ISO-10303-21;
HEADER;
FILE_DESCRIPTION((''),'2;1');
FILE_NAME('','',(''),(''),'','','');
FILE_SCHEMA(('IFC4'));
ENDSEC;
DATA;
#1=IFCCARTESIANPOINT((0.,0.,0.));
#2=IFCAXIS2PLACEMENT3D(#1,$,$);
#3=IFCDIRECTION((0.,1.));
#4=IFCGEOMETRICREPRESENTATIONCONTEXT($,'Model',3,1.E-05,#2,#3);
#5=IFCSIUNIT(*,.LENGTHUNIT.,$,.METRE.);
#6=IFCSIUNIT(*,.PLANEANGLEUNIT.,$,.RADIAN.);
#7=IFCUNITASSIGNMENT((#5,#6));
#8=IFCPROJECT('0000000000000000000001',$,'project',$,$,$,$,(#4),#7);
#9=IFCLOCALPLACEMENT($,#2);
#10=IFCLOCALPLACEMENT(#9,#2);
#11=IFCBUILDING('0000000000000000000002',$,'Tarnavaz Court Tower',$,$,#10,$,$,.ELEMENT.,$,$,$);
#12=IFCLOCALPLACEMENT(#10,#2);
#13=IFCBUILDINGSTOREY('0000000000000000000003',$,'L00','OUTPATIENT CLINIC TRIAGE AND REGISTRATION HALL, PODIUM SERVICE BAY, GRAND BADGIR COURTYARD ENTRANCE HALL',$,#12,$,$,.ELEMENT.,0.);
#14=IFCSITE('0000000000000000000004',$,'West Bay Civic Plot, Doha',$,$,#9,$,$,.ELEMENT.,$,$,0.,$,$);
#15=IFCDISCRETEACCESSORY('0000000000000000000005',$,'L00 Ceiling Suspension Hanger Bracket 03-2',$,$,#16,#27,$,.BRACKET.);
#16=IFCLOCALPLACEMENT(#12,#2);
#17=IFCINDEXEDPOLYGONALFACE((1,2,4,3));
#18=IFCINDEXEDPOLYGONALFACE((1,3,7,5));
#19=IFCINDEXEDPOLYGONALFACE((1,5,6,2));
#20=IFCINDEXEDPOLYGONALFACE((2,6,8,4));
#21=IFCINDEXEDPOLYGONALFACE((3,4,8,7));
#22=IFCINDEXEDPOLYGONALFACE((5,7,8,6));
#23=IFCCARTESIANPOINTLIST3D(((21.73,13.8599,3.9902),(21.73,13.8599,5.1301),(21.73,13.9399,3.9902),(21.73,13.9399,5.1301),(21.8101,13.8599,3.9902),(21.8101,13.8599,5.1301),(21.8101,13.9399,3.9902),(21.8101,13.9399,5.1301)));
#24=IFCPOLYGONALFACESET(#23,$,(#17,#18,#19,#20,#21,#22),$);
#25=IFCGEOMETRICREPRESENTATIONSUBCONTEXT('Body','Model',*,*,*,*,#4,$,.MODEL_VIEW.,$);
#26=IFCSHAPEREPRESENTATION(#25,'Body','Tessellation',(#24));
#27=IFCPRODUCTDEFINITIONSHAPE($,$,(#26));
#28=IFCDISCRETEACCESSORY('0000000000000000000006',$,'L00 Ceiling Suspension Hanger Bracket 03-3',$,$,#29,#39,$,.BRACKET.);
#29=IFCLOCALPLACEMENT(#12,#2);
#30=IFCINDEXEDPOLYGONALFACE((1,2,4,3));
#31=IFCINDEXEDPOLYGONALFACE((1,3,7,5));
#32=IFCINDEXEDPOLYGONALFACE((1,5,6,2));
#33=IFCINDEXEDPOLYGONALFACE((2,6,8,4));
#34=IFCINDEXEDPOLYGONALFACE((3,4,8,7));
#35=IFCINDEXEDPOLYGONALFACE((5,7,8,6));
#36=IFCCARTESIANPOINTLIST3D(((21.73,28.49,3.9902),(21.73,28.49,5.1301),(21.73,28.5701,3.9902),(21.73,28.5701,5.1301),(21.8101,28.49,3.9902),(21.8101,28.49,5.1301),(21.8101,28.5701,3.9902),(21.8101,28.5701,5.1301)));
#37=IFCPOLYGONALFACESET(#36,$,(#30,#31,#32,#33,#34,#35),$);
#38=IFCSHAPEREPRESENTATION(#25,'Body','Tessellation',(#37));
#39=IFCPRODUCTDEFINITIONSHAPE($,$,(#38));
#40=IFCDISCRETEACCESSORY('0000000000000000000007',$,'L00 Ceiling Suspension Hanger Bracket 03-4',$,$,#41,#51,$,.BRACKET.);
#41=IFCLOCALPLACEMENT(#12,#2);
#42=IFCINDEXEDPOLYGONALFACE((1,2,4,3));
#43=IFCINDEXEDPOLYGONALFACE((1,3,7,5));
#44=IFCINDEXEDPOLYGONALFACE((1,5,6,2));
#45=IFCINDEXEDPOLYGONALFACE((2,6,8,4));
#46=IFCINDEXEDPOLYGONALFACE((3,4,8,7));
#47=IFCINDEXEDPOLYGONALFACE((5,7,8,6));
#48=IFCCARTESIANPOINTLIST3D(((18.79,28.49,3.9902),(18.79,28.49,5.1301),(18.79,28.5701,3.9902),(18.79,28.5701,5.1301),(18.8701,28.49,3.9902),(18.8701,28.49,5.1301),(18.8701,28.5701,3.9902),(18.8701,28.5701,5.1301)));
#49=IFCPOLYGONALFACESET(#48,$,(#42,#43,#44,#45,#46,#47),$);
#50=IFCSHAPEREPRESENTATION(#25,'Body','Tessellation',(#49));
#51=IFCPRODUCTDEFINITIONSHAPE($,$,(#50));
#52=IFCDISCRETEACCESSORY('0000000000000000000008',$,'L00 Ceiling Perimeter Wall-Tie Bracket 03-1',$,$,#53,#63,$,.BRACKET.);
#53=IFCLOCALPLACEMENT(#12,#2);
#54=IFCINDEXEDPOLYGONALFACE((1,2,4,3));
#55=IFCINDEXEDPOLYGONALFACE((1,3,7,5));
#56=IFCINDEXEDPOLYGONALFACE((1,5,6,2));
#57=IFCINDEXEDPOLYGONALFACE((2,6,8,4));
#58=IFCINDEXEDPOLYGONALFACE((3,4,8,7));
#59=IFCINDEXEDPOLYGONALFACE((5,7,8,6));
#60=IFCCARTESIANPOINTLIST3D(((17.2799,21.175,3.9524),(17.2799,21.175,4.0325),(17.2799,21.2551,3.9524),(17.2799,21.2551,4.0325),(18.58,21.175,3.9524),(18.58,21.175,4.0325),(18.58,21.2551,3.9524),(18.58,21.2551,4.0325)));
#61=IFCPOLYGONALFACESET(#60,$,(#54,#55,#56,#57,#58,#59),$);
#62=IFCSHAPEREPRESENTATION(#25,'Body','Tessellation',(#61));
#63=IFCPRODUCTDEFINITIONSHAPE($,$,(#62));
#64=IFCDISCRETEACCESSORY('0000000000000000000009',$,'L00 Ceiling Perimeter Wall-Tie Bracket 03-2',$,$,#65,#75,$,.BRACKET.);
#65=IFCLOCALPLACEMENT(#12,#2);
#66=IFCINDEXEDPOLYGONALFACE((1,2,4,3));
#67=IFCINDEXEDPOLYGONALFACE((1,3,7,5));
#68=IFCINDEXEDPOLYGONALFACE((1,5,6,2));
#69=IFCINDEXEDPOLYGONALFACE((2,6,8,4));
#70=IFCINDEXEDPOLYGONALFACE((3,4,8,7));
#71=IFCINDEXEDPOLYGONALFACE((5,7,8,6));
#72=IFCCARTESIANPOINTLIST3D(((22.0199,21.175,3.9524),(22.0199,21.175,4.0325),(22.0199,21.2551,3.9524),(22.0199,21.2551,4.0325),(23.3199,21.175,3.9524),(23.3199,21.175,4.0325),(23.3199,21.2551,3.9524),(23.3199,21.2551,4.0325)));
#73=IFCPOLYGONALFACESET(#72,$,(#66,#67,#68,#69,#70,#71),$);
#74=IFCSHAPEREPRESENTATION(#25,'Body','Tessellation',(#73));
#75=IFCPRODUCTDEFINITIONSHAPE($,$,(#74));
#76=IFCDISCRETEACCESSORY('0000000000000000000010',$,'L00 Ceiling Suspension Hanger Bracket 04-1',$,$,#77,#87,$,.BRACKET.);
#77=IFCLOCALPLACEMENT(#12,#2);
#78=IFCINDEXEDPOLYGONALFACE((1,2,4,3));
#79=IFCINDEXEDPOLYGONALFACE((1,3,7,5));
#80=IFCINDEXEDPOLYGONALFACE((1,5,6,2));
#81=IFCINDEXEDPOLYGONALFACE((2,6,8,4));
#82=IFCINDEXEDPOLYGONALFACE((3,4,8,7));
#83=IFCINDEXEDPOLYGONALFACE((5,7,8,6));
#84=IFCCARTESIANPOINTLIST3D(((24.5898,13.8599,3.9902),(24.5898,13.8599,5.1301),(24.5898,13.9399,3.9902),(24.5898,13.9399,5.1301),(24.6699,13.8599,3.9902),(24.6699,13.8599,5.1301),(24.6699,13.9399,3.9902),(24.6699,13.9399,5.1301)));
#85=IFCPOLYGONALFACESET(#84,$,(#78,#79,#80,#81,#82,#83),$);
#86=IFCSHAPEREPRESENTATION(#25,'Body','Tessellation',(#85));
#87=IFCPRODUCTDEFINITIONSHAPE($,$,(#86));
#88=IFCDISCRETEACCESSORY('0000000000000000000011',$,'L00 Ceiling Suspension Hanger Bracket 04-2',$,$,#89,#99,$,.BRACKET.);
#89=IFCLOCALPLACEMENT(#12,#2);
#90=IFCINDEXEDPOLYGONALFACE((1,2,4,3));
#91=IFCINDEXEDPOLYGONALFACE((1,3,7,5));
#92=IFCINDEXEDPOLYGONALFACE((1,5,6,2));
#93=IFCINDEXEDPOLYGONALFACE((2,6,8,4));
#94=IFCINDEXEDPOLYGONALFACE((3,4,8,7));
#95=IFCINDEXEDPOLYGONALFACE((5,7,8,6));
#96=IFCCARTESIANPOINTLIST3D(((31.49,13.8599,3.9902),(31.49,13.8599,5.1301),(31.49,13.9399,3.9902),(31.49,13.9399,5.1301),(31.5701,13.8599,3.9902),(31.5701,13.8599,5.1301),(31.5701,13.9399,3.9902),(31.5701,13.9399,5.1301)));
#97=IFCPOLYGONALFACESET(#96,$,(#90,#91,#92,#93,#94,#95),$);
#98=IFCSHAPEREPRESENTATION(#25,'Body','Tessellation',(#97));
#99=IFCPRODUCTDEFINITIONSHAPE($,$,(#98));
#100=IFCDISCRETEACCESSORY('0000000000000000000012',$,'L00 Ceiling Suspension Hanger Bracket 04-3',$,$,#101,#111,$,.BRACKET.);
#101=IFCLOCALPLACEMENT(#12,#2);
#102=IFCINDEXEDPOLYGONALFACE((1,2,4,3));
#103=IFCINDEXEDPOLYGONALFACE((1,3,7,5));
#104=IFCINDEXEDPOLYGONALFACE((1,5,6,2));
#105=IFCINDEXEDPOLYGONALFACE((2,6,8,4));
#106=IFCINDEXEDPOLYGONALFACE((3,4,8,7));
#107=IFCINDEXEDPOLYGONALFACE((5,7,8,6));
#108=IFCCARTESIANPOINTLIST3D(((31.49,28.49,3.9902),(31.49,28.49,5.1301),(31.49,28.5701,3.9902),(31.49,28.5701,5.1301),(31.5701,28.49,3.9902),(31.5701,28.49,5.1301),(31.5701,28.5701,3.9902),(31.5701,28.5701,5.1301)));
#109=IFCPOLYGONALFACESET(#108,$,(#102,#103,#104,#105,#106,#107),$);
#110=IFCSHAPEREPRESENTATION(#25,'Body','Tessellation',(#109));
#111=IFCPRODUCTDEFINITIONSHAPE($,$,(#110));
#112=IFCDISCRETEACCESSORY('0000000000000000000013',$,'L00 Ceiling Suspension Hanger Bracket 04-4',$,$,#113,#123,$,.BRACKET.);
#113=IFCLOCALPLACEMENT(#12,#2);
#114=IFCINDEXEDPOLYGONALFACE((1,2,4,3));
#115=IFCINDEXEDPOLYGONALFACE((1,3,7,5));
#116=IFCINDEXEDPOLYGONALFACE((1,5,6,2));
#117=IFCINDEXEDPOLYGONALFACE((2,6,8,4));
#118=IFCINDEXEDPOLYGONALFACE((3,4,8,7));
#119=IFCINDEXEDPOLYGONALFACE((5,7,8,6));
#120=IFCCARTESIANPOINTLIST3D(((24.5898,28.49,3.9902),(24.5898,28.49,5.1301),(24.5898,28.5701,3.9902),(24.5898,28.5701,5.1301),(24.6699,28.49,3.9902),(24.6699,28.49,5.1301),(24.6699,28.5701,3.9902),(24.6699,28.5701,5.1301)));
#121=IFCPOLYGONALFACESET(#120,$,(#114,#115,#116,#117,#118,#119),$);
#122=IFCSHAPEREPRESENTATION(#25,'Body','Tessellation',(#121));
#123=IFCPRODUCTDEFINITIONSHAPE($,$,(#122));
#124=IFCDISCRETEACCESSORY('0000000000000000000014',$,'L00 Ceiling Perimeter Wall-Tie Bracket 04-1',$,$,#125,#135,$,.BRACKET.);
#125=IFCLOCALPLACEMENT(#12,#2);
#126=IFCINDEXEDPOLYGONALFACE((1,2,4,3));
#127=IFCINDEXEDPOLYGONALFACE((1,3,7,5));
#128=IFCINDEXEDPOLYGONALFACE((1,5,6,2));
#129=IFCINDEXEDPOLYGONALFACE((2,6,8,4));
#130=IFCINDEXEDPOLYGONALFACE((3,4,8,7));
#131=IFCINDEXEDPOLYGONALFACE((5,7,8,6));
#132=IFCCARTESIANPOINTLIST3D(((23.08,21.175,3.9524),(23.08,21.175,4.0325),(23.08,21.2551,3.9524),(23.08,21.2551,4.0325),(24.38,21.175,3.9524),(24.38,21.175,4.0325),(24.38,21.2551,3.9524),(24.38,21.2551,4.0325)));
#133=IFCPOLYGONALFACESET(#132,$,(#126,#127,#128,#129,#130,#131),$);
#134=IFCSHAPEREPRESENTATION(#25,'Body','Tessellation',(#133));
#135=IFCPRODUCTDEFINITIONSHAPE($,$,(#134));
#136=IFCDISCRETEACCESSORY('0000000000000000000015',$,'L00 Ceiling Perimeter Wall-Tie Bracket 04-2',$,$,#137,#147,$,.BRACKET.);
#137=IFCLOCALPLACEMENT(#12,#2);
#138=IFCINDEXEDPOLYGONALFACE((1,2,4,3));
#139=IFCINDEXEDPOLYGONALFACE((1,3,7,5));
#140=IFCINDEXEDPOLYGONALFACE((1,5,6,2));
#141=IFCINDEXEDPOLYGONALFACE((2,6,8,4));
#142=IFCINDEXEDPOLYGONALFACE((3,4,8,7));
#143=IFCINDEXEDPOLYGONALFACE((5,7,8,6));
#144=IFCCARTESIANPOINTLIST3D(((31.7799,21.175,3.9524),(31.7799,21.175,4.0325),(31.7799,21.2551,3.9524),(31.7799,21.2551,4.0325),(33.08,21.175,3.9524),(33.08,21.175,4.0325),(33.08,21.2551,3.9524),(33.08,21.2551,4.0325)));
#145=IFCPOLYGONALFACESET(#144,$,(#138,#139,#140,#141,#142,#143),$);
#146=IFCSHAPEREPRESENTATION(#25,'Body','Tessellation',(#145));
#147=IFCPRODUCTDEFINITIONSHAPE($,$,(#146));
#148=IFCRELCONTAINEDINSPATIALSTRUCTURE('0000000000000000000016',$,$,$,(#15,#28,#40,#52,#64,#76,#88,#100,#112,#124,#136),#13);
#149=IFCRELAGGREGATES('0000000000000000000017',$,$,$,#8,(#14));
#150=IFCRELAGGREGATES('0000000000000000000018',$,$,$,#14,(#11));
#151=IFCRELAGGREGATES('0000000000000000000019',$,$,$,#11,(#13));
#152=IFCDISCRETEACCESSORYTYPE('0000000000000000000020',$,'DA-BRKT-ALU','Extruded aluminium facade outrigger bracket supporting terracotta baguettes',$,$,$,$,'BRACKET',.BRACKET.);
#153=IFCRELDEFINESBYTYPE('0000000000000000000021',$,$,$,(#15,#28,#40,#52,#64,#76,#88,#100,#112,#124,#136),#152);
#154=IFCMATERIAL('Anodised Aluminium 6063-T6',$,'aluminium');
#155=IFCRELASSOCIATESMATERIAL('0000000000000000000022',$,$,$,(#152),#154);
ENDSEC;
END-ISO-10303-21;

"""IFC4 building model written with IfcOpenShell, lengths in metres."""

from ifc_helpers import new_model, si_unit, direction, frame, origin, origin_2d, place, context, subcontext, project, spatial, rectangle, extrude, material, type_object, element, save


model = new_model("IFC4")

# Units and contexts
model_context = context("Model", 3, precision=1e-05, world=origin(), true_north=direction((0.0, 1.0)))
body_context = subcontext(model_context, "Body", "Model", "MODEL_VIEW")
ifc_project = project(units=[si_unit("LENGTHUNIT", "METRE"), si_unit("PLANEANGLEUNIT", "RADIAN")], contexts=[model_context])

# Site, building, storey
site_placement = place(None, origin())
site = spatial("IfcSite", under=ifc_project, at=site_placement, Name="West Bay Civic Plot, Doha", CompositionType="ELEMENT", RefElevation=0.0)
building_placement = place(site_placement, origin())
building = spatial("IfcBuilding", under=site, at=building_placement, Name="Tarnavaz Court Tower", CompositionType="ELEMENT")
storey_placement = place(building_placement, origin())
storey = spatial("IfcBuildingStorey", under=building, at=storey_placement, Name="L00", Description="OUTPATIENT CLINIC TRIAGE AND REGISTRATION HALL, PODIUM SERVICE BAY, GRAND BADGIR COURTYARD ENTRANCE HALL", CompositionType="ELEMENT", Elevation=0.0)

# Discrete accessories
ifc_material_1 = material(Name="Anodised Aluminium 6063-T6", Category="aluminium")
discrete_accessory_type = type_object("IfcDiscreteAccessoryType", Name="DA-BRKT-ALU", Description="Extruded aluminium facade outrigger bracket supporting terracotta baguettes", ElementType="BRACKET", PredefinedType="BRACKET", material=ifc_material_1)
for number, where, z_axis, x_axis, name in (
    (1, (21.77, 13.8999, 3.9902), (0.0, 0.0, 1.0), (1.0, 0.0, 0.0), "L00 Ceiling Suspension Hanger Bracket 03-2"),
    (2, (21.77, 28.53, 3.9902), (0.0, 0.0, 1.0), (1.0, 0.0, 0.0), "L00 Ceiling Suspension Hanger Bracket 03-3"),
    (3, (18.8301, 28.53, 3.9902), (0.0, 0.0, 1.0), (1.0, 0.0, 0.0), "L00 Ceiling Suspension Hanger Bracket 03-4"),
):
    element("IfcDiscreteAccessory", number, at=place(storey_placement, frame(where, z_axis=z_axis, x_axis=x_axis)), inside=storey, type_object=discrete_accessory_type, Name=name, PredefinedType="BRACKET", context=body_context, shape_type="SweptSolid", body=[
        extrude(rectangle(XDim=0.0801, YDim=0.0801, at=origin_2d()), origin(), (0.0, 0.0, 1.0), 1.1399),
    ])
for number, where, z_axis, x_axis, name in (
    (4, (17.9299, 21.2151, 3.9524), (0.0, 0.0, 1.0), (1.0, 0.0, 0.0), "L00 Ceiling Perimeter Wall-Tie Bracket 03-1"),
    (5, (22.6699, 21.2151, 3.9524), (0.0, 0.0, 1.0), (1.0, 0.0, 0.0), "L00 Ceiling Perimeter Wall-Tie Bracket 03-2"),
):
    element("IfcDiscreteAccessory", number, at=place(storey_placement, frame(where, z_axis=z_axis, x_axis=x_axis)), inside=storey, type_object=discrete_accessory_type, Name=name, PredefinedType="BRACKET", context=body_context, shape_type="SweptSolid", body=[
        extrude(rectangle(XDim=1.3, YDim=0.0801, at=origin_2d()), origin(), (0.0, 0.0, 1.0), 0.0801),
    ])
for number, where, z_axis, x_axis, name in (
    (6, (24.6299, 13.8999, 3.9902), (0.0, 0.0, 1.0), (1.0, 0.0, 0.0), "L00 Ceiling Suspension Hanger Bracket 04-1"),
    (7, (31.53, 13.8999, 3.9902), (0.0, 0.0, 1.0), (1.0, 0.0, 0.0), "L00 Ceiling Suspension Hanger Bracket 04-2"),
    (8, (31.53, 28.53, 3.9902), (0.0, 0.0, 1.0), (1.0, 0.0, 0.0), "L00 Ceiling Suspension Hanger Bracket 04-3"),
    (9, (24.6299, 28.53, 3.9902), (0.0, 0.0, 1.0), (1.0, 0.0, 0.0), "L00 Ceiling Suspension Hanger Bracket 04-4"),
):
    element("IfcDiscreteAccessory", number, at=place(storey_placement, frame(where, z_axis=z_axis, x_axis=x_axis)), inside=storey, type_object=discrete_accessory_type, Name=name, PredefinedType="BRACKET", context=body_context, shape_type="SweptSolid", body=[
        extrude(rectangle(XDim=0.0801, YDim=0.0801, at=origin_2d()), origin(), (0.0, 0.0, 1.0), 1.1399),
    ])
for number, where, z_axis, x_axis, name in (
    (10, (23.73, 21.2151, 3.9524), (0.0, 0.0, 1.0), (1.0, 0.0, 0.0), "L00 Ceiling Perimeter Wall-Tie Bracket 04-1"),
    (11, (32.4299, 21.2151, 3.9524), (0.0, 0.0, 1.0), (1.0, 0.0, 0.0), "L00 Ceiling Perimeter Wall-Tie Bracket 04-2"),
):
    element("IfcDiscreteAccessory", number, at=place(storey_placement, frame(where, z_axis=z_axis, x_axis=x_axis)), inside=storey, type_object=discrete_accessory_type, Name=name, PredefinedType="BRACKET", context=body_context, shape_type="SweptSolid", body=[
        extrude(rectangle(XDim=1.3, YDim=0.0801, at=origin_2d()), origin(), (0.0, 0.0, 1.0), 0.0801),
    ])

save(model, "model.ifc")
